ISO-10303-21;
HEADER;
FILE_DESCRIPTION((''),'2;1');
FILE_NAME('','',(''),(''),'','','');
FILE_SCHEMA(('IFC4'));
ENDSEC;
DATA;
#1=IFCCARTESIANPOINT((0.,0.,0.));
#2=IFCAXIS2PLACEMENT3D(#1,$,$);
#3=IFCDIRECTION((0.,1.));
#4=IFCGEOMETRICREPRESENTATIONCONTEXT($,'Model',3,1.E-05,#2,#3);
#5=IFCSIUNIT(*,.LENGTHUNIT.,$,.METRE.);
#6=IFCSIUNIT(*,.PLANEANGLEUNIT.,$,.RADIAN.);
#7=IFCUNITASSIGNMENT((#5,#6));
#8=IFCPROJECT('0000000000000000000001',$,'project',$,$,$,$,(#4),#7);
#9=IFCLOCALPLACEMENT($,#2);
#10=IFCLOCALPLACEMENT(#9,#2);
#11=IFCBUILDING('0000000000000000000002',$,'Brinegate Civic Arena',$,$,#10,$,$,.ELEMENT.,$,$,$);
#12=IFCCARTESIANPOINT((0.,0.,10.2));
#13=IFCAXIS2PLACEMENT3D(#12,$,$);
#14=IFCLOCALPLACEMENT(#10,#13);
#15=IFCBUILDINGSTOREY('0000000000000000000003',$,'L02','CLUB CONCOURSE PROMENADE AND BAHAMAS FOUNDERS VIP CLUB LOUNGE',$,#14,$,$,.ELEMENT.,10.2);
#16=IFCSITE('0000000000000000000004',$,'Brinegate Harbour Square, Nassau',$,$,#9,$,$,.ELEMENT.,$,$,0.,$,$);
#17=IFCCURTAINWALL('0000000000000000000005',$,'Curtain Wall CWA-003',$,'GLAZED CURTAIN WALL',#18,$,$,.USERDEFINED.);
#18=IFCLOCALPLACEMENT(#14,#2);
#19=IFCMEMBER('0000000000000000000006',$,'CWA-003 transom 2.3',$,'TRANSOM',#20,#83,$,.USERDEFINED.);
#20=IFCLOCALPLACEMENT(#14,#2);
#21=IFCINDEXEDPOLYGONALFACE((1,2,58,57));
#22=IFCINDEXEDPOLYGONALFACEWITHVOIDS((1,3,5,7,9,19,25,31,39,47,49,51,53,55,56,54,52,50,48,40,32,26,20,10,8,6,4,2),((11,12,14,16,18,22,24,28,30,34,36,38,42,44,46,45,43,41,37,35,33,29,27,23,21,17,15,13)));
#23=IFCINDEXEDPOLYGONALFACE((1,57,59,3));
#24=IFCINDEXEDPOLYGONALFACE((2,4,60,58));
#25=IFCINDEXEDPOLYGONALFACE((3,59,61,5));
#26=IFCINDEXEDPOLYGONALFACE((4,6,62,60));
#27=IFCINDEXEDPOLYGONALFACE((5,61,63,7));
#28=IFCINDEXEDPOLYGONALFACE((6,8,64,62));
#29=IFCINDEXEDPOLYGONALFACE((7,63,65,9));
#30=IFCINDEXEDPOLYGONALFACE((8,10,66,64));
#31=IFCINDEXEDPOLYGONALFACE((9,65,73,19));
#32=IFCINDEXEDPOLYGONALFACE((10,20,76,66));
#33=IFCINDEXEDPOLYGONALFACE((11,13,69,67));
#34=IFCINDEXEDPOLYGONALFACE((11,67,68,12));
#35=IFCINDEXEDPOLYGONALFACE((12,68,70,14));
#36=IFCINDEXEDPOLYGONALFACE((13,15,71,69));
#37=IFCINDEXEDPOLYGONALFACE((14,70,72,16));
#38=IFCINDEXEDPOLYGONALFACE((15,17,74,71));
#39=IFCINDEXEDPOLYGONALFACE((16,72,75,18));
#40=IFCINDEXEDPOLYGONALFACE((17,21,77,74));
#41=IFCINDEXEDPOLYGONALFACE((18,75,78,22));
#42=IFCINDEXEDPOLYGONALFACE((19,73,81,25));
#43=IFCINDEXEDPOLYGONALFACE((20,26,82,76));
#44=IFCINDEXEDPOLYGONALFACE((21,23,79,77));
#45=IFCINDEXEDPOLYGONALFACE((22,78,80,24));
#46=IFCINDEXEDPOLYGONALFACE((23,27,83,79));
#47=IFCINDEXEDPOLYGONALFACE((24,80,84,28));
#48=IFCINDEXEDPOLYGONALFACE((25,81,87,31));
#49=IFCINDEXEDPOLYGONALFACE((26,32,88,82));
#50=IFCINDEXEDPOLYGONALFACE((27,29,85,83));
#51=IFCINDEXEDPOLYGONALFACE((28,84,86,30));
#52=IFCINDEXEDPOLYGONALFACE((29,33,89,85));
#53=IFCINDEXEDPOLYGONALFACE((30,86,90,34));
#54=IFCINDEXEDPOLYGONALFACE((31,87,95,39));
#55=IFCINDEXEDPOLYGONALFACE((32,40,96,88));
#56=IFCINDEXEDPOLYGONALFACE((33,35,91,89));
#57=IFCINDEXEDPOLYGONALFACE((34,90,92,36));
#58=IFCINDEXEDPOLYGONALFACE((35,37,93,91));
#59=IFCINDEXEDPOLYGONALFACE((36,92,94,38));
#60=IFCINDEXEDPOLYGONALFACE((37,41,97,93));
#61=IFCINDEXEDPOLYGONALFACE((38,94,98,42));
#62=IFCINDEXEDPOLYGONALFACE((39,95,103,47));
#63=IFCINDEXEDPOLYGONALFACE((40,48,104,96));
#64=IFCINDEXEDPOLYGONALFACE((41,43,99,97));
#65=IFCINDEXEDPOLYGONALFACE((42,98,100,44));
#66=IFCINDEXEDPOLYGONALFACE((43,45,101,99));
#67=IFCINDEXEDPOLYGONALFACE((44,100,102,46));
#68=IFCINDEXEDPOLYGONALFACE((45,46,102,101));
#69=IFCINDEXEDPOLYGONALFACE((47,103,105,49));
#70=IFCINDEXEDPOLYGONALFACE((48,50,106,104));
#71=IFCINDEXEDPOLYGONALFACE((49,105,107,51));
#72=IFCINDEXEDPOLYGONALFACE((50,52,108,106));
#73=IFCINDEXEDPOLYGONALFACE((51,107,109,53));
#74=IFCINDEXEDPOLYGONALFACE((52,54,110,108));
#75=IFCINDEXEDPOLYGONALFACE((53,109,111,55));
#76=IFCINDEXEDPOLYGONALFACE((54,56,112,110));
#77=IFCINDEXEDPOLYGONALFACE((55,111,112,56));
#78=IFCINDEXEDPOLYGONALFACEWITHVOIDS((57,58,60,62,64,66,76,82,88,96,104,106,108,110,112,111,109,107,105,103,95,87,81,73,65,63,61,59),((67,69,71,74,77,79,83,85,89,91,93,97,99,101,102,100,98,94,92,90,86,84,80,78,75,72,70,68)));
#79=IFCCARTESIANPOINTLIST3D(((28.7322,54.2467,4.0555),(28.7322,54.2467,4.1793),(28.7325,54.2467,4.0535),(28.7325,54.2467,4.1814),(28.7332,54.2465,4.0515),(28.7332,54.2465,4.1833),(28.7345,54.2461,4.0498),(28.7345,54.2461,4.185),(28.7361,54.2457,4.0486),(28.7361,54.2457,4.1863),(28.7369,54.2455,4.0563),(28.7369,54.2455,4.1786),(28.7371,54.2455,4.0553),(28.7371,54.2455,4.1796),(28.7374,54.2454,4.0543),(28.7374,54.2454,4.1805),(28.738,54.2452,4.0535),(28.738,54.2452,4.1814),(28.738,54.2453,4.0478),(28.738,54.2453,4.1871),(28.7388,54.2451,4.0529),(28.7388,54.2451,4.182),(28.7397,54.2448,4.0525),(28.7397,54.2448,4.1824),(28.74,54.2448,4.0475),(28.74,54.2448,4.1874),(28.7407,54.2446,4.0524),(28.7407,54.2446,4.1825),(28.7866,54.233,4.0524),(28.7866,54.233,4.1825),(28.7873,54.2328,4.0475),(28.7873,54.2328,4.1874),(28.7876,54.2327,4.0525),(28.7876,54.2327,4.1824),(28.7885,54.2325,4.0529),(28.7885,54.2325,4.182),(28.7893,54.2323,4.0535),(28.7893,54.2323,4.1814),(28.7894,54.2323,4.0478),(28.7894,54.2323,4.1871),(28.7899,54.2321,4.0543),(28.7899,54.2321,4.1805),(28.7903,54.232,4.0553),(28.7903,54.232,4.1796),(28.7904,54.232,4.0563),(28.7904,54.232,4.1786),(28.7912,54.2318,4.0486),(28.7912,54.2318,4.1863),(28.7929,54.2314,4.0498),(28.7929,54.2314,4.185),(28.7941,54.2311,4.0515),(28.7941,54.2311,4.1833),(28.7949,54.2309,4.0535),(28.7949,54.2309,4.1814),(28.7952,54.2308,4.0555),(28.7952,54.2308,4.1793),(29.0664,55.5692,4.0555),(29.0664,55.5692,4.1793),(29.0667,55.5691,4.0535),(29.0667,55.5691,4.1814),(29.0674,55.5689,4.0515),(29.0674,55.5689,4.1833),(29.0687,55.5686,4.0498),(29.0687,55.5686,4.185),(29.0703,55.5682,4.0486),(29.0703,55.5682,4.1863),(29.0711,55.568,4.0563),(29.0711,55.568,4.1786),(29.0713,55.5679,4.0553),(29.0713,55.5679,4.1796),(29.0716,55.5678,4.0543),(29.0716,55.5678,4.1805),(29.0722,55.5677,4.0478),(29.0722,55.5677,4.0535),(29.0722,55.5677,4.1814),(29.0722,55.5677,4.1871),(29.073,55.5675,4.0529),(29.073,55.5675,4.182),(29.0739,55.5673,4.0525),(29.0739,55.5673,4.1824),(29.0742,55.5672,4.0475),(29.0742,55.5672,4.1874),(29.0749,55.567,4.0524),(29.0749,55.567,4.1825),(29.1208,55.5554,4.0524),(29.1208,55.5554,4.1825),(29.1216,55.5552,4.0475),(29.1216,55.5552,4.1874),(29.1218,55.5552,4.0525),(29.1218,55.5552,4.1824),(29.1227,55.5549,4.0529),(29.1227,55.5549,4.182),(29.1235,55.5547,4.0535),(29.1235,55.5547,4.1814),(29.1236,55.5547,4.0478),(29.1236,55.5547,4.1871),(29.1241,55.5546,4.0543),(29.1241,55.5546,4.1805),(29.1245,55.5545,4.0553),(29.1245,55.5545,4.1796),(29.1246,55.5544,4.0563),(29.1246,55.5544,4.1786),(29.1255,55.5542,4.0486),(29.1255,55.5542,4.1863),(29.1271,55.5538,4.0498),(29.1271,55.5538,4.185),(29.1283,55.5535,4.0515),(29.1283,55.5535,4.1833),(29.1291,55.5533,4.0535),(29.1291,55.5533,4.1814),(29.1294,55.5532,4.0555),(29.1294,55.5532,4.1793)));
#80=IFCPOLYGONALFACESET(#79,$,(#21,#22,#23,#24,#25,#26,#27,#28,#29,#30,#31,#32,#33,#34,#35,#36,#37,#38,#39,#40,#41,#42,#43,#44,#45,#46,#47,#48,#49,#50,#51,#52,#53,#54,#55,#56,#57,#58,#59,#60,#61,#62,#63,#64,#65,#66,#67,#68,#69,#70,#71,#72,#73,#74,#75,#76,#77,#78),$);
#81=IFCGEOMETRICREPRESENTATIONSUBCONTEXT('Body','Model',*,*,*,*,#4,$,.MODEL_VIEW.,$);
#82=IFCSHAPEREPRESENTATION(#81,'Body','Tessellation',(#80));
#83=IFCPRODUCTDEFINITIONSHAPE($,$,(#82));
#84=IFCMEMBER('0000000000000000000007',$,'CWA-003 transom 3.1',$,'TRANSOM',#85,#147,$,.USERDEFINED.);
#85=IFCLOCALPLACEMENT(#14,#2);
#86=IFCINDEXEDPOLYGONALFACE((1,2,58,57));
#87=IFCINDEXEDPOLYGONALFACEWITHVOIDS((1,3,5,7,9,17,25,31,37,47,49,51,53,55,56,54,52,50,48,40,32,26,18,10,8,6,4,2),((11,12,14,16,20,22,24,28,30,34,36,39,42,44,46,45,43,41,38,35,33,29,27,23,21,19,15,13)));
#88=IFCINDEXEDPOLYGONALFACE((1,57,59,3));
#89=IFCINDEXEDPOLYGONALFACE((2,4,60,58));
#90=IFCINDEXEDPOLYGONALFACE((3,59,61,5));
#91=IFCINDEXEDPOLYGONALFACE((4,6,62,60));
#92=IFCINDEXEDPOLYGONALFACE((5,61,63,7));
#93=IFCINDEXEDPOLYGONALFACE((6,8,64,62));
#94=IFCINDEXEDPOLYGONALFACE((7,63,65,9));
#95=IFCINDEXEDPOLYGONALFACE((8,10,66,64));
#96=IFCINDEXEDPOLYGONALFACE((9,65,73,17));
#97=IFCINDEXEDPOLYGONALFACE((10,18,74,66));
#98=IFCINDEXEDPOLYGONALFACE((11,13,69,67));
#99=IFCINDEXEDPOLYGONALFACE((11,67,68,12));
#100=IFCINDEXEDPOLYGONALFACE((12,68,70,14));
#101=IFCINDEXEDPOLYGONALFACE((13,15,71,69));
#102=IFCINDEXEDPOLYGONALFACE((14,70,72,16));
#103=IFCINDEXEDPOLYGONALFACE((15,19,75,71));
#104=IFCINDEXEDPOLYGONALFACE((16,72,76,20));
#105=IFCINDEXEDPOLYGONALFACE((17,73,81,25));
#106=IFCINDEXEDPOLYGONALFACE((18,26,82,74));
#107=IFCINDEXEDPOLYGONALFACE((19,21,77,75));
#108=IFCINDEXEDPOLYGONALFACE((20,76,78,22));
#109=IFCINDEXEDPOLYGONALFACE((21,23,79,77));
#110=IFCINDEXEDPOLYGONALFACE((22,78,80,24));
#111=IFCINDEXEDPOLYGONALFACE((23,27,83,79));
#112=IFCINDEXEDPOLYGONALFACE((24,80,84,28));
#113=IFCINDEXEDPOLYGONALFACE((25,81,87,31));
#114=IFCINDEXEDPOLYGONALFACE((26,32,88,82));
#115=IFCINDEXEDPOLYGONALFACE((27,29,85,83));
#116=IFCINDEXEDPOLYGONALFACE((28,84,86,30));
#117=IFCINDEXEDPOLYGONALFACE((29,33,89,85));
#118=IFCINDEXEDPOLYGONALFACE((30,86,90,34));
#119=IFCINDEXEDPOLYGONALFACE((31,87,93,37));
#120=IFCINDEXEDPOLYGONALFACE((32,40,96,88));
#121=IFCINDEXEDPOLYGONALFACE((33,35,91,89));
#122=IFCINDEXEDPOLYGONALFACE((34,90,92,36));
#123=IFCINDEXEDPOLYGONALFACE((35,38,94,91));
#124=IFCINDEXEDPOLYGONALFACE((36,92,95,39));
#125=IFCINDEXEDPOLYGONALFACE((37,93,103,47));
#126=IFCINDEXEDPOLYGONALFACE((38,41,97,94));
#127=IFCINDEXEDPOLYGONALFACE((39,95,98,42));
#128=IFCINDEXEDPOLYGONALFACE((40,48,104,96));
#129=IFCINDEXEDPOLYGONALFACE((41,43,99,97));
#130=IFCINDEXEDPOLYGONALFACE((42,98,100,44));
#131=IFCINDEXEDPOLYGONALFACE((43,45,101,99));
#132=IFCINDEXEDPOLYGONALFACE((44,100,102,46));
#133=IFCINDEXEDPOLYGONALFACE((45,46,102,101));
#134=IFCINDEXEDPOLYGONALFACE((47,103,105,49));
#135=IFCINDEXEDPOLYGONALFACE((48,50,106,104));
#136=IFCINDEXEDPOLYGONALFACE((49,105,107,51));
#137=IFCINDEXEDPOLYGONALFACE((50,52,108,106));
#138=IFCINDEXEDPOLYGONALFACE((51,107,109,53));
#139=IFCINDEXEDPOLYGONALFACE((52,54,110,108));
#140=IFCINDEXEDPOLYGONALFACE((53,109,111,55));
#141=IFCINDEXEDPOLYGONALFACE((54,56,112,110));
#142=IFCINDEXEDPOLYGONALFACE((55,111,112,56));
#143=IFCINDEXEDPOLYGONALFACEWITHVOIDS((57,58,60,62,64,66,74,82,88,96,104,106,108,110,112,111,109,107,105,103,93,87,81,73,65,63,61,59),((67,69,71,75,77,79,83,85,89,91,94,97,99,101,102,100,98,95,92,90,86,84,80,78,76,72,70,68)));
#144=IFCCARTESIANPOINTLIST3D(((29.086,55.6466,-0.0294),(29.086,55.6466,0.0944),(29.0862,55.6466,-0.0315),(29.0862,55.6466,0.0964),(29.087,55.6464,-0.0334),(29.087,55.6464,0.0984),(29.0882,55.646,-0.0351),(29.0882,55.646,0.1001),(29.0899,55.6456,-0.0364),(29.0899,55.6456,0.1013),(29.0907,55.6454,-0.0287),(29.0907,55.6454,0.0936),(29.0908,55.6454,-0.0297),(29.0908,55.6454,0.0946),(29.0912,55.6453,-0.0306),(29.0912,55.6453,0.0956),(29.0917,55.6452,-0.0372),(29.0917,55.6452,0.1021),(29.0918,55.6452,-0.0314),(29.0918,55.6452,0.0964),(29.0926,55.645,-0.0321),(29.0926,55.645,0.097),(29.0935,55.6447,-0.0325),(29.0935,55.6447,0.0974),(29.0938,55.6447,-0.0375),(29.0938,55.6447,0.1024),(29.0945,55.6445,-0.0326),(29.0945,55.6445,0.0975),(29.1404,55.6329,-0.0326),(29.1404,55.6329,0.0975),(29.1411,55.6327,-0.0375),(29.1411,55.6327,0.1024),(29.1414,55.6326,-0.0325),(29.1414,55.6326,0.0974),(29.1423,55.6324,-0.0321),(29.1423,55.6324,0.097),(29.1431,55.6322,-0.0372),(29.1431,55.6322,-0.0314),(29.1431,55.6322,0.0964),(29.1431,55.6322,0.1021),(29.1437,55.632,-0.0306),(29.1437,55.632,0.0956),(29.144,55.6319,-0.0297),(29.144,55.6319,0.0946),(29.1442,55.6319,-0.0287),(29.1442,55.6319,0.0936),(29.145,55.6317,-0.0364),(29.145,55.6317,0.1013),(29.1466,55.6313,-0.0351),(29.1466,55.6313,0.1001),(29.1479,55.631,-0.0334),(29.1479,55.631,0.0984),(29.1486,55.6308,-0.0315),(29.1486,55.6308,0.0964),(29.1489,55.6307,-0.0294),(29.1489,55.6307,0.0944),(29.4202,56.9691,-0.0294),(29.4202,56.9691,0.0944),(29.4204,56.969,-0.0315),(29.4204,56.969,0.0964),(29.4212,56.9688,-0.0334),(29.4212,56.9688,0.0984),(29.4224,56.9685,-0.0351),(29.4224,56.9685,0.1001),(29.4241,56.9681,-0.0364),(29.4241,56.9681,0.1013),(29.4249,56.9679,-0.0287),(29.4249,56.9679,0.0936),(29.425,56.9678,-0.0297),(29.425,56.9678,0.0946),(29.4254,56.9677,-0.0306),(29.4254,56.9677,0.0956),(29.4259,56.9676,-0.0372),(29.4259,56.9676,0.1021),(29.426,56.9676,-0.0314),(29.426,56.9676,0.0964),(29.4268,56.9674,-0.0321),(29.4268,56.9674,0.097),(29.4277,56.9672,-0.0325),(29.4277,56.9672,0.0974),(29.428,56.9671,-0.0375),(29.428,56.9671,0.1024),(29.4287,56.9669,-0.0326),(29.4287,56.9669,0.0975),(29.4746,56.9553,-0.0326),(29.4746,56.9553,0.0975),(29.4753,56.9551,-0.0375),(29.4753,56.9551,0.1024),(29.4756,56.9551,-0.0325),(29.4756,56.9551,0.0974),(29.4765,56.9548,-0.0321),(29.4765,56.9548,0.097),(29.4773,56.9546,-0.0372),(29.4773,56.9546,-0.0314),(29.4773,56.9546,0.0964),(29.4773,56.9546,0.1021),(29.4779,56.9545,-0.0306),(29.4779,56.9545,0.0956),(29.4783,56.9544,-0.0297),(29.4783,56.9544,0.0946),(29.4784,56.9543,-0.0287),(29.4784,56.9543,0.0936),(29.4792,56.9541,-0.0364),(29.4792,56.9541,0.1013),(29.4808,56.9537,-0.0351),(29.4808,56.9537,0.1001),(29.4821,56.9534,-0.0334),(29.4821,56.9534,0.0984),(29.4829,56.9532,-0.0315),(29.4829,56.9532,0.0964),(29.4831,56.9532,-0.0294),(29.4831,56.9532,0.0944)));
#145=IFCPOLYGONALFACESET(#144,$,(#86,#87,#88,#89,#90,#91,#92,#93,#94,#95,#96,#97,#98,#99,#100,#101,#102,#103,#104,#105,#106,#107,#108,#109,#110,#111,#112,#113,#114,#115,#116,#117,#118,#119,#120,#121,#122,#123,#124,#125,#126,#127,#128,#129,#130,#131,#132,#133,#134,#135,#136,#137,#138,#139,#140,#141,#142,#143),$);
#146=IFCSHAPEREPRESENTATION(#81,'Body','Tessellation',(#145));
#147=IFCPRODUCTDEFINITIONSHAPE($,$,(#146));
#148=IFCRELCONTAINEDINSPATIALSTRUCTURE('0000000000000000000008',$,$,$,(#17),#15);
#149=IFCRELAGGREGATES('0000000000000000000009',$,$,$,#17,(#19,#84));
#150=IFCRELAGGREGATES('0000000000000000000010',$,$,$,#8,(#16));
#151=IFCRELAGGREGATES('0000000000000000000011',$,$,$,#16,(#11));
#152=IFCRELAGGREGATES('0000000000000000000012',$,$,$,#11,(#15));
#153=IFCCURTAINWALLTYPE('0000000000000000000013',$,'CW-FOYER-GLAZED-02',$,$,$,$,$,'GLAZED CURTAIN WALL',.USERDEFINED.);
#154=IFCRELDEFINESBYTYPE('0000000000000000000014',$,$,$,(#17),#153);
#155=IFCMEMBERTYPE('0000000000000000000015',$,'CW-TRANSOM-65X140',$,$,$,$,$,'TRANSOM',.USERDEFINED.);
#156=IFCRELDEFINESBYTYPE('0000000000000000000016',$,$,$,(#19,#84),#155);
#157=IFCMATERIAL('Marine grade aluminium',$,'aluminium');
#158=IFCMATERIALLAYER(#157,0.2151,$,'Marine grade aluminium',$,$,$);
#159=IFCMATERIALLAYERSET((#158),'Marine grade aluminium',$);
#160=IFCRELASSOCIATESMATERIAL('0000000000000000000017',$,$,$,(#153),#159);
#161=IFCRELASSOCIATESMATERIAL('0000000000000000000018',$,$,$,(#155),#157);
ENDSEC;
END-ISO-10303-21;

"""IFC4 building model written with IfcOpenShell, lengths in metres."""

from ifc_helpers import new_model, si_unit, direction, frame, origin, origin_2d, place, context, subcontext, project, spatial, hollow_rectangle, extrude, material, layer, layer_set, material_profile, profile_set, type_object, element, aggregate, save


model = new_model("IFC4")

# Units and contexts
model_context = context("Model", 3, precision=1e-05, world=origin(), true_north=direction((0.0, 1.0)))
body_context = subcontext(model_context, "Body", "Model", "MODEL_VIEW")
ifc_project = project(units=[si_unit("LENGTHUNIT", "METRE"), si_unit("PLANEANGLEUNIT", "RADIAN")], contexts=[model_context])

# Site, building, storey
site_placement = place(None, origin())
site = spatial("IfcSite", under=ifc_project, at=site_placement, Name="Brinegate Harbour Square, Nassau", CompositionType="ELEMENT", RefElevation=0.0)
building_placement = place(site_placement, origin())
building = spatial("IfcBuilding", under=site, at=building_placement, Name="Brinegate Civic Arena", CompositionType="ELEMENT")
storey_placement = place(building_placement, frame((0.0, 0.0, 10.2)))
storey = spatial("IfcBuildingStorey", under=building, at=storey_placement, Name="L02", Description="CLUB CONCOURSE PROMENADE AND BAHAMAS FOUNDERS VIP CLUB LOUNGE", CompositionType="ELEMENT", Elevation=10.2)

# Curtain wall, members
ifc_material_1 = material(Name="Marine grade aluminium", Category="aluminium")
ifc_layer_1 = layer(ifc_material_1, 0.2151, Name="Marine grade aluminium")
ifc_layer_set_1 = layer_set([ifc_layer_1], Name="Marine grade aluminium")
curtain_wall_type = type_object("IfcCurtainWallType", Name="CW-FOYER-GLAZED-02", ElementType="GLAZED CURTAIN WALL", PredefinedType="USERDEFINED", material=ifc_layer_set_1)
curtain_wall_placement = place(storey_placement, origin())
curtain_wall = element("IfcCurtainWall", 1, at=curtain_wall_placement, inside=storey, type_object=curtain_wall_type, Name="Curtain Wall CWA-003", ObjectType="GLAZED CURTAIN WALL", PredefinedType="USERDEFINED")
ifc_material_profile_1 = material_profile(ifc_material_1, hollow_rectangle(XDim=0.0649, YDim=0.1399, WallThickness=0.0049, InnerFilletRadius=0.0039, OuterFilletRadius=0.0081, at=origin_2d()), Name="TRN65X140")
ifc_profile_set_1 = profile_set([ifc_material_profile_1], Name="Marine grade aluminium")
member_type_1 = type_object("IfcMemberType", Name="CW-TRANSOM-65X140", ElementType="TRANSOM", PredefinedType="USERDEFINED", material=ifc_profile_set_1)
member_1_placement = place(storey_placement, frame((28.7637, 54.2388, 4.1174), z_axis=(0.245019, 0.969518, 0.0), x_axis=(-0.969518, 0.245019, 0.0)))
member_1 = element("IfcMember", 2, at=member_1_placement, type_object=member_type_1, Name="CWA-003 transom 2.3", ObjectType="TRANSOM", PredefinedType="USERDEFINED", context=body_context, shape_type="SweptSolid", body=[
    extrude(hollow_rectangle(XDim=0.0649, YDim=0.1399, WallThickness=0.0049, InnerFilletRadius=0.0039, OuterFilletRadius=0.0081, at=origin_2d()), origin(), (0.0, 0.0, 1.0), 1.364),
])
member_2_placement = place(storey_placement, frame((29.1174, 55.6387, 0.0325), z_axis=(0.245019, 0.969518, 0.0), x_axis=(-0.969518, 0.245019, 0.0)))
member_2 = element("IfcMember", 3, at=member_2_placement, type_object=member_type_1, Name="CWA-003 transom 3.1", ObjectType="TRANSOM", PredefinedType="USERDEFINED", context=body_context, shape_type="SweptSolid", body=[
    extrude(hollow_rectangle(XDim=0.0649, YDim=0.1399, WallThickness=0.0049, InnerFilletRadius=0.0039, OuterFilletRadius=0.0081, at=origin_2d()), origin(), (0.0, 0.0, 1.0), 1.364),
])
aggregate(curtain_wall, [member_1, member_2])

save(model, "model.ifc")
